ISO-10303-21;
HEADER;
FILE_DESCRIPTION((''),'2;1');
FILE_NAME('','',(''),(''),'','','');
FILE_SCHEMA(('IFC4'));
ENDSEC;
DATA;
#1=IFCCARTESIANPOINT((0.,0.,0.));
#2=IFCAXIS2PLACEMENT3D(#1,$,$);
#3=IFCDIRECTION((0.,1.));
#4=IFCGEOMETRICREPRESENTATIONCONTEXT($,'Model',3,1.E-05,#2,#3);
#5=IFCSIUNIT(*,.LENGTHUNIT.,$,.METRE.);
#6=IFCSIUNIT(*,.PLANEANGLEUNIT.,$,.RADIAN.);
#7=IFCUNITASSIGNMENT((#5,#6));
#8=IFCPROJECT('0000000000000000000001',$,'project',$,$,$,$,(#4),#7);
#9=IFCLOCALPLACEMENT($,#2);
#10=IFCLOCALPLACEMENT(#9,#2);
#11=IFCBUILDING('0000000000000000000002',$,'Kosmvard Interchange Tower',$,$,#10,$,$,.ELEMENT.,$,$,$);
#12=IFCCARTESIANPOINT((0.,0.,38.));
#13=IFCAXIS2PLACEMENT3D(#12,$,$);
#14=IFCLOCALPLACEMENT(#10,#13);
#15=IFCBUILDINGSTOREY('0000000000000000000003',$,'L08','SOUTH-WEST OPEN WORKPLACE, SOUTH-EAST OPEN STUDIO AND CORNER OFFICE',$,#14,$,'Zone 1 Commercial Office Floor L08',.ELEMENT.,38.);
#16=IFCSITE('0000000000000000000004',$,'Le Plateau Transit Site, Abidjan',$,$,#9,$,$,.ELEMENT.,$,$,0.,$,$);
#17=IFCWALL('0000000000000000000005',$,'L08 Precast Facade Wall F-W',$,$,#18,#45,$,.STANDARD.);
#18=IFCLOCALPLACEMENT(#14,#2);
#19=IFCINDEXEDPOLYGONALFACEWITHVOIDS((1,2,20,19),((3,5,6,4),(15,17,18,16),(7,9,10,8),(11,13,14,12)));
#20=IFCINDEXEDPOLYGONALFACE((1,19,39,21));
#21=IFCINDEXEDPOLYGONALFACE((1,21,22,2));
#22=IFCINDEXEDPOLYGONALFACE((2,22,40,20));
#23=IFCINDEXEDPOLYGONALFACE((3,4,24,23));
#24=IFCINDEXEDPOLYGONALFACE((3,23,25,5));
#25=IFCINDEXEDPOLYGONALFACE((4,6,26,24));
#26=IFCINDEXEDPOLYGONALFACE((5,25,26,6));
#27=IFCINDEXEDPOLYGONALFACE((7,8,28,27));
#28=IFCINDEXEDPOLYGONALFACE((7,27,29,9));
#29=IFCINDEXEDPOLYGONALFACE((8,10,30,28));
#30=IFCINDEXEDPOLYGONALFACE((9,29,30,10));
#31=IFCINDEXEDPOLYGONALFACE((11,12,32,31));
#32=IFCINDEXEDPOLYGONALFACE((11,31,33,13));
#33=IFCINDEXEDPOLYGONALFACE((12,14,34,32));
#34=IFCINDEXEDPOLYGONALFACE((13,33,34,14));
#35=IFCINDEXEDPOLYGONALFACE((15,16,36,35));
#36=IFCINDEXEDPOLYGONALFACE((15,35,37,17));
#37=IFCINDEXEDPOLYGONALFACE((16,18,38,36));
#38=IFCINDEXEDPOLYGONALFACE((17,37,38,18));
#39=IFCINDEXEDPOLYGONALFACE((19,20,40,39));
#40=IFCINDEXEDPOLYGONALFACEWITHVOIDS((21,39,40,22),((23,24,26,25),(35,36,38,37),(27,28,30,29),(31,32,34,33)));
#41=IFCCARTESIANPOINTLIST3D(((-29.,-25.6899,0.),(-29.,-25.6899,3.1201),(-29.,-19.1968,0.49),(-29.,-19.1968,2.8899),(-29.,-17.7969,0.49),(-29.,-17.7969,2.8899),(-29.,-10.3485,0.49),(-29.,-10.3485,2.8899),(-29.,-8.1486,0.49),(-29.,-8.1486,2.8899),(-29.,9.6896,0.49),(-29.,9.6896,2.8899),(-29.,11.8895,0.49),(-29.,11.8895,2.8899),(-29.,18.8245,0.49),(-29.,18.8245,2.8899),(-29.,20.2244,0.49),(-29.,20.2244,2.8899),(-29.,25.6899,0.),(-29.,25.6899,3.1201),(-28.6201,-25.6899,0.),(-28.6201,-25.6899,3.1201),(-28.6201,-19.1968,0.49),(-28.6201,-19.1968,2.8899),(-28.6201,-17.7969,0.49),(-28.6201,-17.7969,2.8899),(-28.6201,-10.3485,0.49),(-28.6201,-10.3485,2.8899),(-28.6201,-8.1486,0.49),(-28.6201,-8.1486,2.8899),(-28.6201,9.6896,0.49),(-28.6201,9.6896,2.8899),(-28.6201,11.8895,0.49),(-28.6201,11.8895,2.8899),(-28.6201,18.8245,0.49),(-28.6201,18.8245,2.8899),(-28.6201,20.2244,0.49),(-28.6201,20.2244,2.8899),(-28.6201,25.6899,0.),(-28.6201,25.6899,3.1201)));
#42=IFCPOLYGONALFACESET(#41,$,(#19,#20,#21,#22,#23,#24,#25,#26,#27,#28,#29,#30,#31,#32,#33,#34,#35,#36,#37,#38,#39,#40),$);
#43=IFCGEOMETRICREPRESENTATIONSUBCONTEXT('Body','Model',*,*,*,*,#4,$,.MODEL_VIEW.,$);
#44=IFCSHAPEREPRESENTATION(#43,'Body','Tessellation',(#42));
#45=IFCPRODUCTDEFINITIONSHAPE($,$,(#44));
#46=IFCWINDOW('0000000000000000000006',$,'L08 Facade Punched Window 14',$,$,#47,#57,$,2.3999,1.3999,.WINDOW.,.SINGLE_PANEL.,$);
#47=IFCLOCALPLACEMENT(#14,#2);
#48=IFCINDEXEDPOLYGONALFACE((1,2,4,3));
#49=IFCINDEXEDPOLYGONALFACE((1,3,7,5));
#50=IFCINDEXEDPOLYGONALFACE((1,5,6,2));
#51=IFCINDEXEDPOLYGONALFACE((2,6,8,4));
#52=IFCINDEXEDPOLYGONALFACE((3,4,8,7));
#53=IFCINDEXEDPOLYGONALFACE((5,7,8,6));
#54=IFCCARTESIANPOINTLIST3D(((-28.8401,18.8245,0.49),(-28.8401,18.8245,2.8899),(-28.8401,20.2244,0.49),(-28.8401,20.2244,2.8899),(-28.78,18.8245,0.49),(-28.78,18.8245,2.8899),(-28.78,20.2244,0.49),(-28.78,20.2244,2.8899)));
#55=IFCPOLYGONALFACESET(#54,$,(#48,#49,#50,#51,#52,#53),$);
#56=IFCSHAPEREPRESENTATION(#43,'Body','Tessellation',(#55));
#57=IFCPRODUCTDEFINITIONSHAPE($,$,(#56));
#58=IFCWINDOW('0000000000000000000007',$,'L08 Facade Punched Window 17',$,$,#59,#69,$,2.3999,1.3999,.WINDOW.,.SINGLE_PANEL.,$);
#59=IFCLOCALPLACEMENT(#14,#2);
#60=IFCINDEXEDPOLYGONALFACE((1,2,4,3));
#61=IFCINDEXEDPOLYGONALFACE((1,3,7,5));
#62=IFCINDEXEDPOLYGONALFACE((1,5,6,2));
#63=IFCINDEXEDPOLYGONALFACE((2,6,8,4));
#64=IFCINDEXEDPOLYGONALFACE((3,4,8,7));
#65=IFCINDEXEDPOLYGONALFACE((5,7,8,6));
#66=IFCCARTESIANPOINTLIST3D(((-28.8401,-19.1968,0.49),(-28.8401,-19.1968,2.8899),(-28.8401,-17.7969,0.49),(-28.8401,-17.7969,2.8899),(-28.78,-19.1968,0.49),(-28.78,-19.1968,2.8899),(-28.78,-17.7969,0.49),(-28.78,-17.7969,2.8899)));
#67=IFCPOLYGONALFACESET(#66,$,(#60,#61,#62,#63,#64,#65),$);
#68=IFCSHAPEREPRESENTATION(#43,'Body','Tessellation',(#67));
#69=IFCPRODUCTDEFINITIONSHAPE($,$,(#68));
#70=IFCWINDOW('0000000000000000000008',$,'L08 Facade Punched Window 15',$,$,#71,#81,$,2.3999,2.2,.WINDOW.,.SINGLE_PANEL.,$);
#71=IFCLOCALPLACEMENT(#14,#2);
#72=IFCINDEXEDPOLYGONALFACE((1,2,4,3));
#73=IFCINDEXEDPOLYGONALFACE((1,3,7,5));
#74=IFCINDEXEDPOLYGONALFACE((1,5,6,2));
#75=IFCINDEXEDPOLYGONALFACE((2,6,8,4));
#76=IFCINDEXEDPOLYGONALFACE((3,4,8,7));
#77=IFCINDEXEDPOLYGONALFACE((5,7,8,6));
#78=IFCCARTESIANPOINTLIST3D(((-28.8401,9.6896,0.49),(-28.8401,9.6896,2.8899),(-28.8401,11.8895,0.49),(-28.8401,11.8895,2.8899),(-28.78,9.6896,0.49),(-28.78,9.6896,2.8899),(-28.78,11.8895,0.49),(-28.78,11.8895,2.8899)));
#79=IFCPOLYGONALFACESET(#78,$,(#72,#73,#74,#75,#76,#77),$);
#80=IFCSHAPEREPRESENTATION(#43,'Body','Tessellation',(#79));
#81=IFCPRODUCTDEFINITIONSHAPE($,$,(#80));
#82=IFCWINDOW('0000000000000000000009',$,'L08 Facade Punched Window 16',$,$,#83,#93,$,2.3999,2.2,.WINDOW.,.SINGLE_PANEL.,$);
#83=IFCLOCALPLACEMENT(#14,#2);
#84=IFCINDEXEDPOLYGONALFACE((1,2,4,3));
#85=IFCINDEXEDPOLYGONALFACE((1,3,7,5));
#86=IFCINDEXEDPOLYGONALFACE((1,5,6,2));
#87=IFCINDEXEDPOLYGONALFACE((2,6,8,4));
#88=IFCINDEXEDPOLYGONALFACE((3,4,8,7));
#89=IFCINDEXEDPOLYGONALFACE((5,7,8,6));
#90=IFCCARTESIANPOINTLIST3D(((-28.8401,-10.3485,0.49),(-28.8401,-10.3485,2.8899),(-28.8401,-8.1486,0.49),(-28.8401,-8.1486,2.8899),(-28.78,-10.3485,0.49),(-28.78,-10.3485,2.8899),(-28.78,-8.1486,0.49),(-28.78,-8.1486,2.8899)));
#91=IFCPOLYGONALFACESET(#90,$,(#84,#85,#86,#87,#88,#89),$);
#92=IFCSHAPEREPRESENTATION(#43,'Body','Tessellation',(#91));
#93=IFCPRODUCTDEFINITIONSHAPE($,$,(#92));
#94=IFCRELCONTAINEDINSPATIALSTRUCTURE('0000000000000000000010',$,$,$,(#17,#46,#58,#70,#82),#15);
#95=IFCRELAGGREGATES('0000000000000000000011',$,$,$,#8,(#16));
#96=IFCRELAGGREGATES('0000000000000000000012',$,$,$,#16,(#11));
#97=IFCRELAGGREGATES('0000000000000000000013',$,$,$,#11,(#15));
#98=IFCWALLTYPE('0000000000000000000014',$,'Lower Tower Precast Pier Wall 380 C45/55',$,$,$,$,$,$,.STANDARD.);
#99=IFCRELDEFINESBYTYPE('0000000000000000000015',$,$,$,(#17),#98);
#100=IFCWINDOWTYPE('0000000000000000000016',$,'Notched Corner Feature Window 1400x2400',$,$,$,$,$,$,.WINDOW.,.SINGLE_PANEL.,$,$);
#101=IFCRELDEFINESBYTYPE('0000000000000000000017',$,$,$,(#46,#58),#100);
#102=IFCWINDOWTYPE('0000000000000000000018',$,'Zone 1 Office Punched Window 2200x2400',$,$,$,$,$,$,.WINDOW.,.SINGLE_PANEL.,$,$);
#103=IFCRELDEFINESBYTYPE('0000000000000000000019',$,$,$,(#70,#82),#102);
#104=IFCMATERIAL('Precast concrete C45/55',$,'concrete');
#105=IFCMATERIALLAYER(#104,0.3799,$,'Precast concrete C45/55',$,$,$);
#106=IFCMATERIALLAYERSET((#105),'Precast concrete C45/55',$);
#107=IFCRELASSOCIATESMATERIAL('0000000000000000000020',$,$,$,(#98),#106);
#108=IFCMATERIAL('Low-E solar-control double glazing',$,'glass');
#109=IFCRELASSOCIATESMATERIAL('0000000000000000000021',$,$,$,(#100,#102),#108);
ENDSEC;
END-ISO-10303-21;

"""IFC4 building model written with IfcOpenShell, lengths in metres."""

from ifc_helpers import new_model, si_unit, direction, frame, frame_2d, origin, place, context, subcontext, project, spatial, rectangle, extrude, source, transform, mapped, material, layer, layer_set, type_object, element, fill, save


model = new_model("IFC4")

# Units and contexts
model_context = context("Model", 3, precision=1e-05, world=origin(), true_north=direction((0.0, 1.0)))
body_context = subcontext(model_context, "Body", "Model", "MODEL_VIEW")
ifc_project = project(units=[si_unit("LENGTHUNIT", "METRE"), si_unit("PLANEANGLEUNIT", "RADIAN")], contexts=[model_context])

# Site, building, storey
site_placement = place(None, origin())
site = spatial("IfcSite", under=ifc_project, at=site_placement, Name="Le Plateau Transit Site, Abidjan", CompositionType="ELEMENT", RefElevation=0.0)
building_placement = place(site_placement, origin())
building = spatial("IfcBuilding", under=site, at=building_placement, Name="Kosmvard Interchange Tower", CompositionType="ELEMENT")
storey_placement = place(building_placement, frame((0.0, 0.0, 38.0)))
storey = spatial("IfcBuildingStorey", under=building, at=storey_placement, Name="L08", Description="SOUTH-WEST OPEN WORKPLACE, SOUTH-EAST OPEN STUDIO AND CORNER OFFICE", LongName="Zone 1 Commercial Office Floor L08", CompositionType="ELEMENT", Elevation=38.0)

# Shared definitions
ifc_material_1 = material(Name="Precast concrete C45/55", Category="concrete")

# Shared definitions
ifc_layer_1 = layer(ifc_material_1, 0.3799, Name="Precast concrete C45/55")
ifc_layer_set_1 = layer_set([ifc_layer_1], Name="Precast concrete C45/55")
wall_type_1 = type_object("IfcWallType", Name="Lower Tower Precast Pier Wall 380 C45/55", PredefinedType="STANDARD", material=ifc_layer_set_1)

# Wall, openings, windows
wall_1_placement = place(storey_placement, frame((-28.8101, 25.6899, 0.0), z_axis=(0.0, 0.0, 1.0), x_axis=(0.0, -1.0, 0.0)))
wall_1 = element("IfcWall", 1, at=wall_1_placement, inside=storey, type_object=wall_type_1, Name="L08 Precast Facade Wall F-W", PredefinedType="STANDARD", context=body_context, shape_type="SweptSolid", body=[
    extrude(rectangle(XDim=51.3799, YDim=0.3799, at=frame_2d((25.6899, 0.0))), origin(), (0.0, 0.0, 1.0), 3.1201),
])
opening_1_placement = place(wall_1_placement, frame((5.4656, 0.0, 0.49)))
opening_1 = element("IfcOpeningElement", 2, at=opening_1_placement, cuts=wall_1, PredefinedType="OPENING", context=body_context, shape_type="SweptSolid", body=[
    extrude(rectangle(XDim=1.3999, YDim=2.3999, at=frame_2d((0.7, 1.2))), frame((0.0, 0.2, 0.0), z_axis=(0.0, -1.0, 0.0), x_axis=(1.0, 0.0, 0.0)), (0.0, 0.0, 1.0), 0.3999),
])
opening_2_placement = place(wall_1_placement, frame((13.8003, 0.0, 0.49)))
opening_2 = element("IfcOpeningElement", 3, at=opening_2_placement, cuts=wall_1, PredefinedType="OPENING", context=body_context, shape_type="SweptSolid", body=[
    extrude(rectangle(XDim=2.2, YDim=2.3999, at=frame_2d((1.1001, 1.2))), frame((0.0, 0.2, 0.0), z_axis=(0.0, -1.0, 0.0), x_axis=(1.0, 0.0, 0.0)), (0.0, 0.0, 1.0), 0.3999),
])
opening_3_placement = place(wall_1_placement, frame((33.8384, 0.0, 0.49)))
opening_3 = element("IfcOpeningElement", 4, at=opening_3_placement, cuts=wall_1, PredefinedType="OPENING", context=body_context, shape_type="SweptSolid", body=[
    extrude(rectangle(XDim=2.2, YDim=2.3999, at=frame_2d((1.1001, 1.2))), frame((0.0, 0.2, 0.0), z_axis=(0.0, -1.0, 0.0), x_axis=(1.0, 0.0, 0.0)), (0.0, 0.0, 1.0), 0.3999),
])
opening_4_placement = place(wall_1_placement, frame((43.4868, 0.0, 0.49)))
opening_4 = element("IfcOpeningElement", 5, at=opening_4_placement, cuts=wall_1, PredefinedType="OPENING", context=body_context, shape_type="SweptSolid", body=[
    extrude(rectangle(XDim=1.3999, YDim=2.3999, at=frame_2d((0.7, 1.2))), frame((0.0, 0.2, 0.0), z_axis=(0.0, -1.0, 0.0), x_axis=(1.0, 0.0, 0.0)), (0.0, 0.0, 1.0), 0.3999),
])
ifc_material_2 = material(Name="Low-E solar-control double glazing", Category="glass")
window_type_1 = type_object("IfcWindowType", Name="Notched Corner Feature Window 1400x2400", PartitioningType="SINGLE_PANEL", PredefinedType="WINDOW", material=ifc_material_2)
shared_shape_1 = source(origin(), body_context, "Body", "SweptSolid", [
    extrude(rectangle(XDim=1.3999, YDim=2.3999, at=frame_2d((0.7, 1.2))), frame((0.0, 0.03, 0.0), z_axis=(0.0, -1.0, 0.0), x_axis=(1.0, 0.0, 0.0)), (0.0, 0.0, 1.0), 0.0601),
])
window_1_placement = place(opening_1_placement, origin())
window_1 = element("IfcWindow", 6, at=window_1_placement, inside=storey, type_object=window_type_1, Name="L08 Facade Punched Window 14", OverallHeight=2.3999, OverallWidth=1.3999, PartitioningType="SINGLE_PANEL", PredefinedType="WINDOW", context=body_context, shape_type="MappedRepresentation", body=[
    mapped(shared_shape_1, transform((0.0, 0.0, 0.0), scale=1.0)),
])
fill(opening_1, window_1)
window_2_placement = place(opening_4_placement, origin())
window_2 = element("IfcWindow", 7, at=window_2_placement, inside=storey, type_object=window_type_1, Name="L08 Facade Punched Window 17", OverallHeight=2.3999, OverallWidth=1.3999, PartitioningType="SINGLE_PANEL", PredefinedType="WINDOW", context=body_context, shape_type="MappedRepresentation", body=[
    mapped(shared_shape_1, transform((0.0, 0.0, 0.0), scale=1.0)),
])
fill(opening_4, window_2)
window_type_2 = type_object("IfcWindowType", Name="Zone 1 Office Punched Window 2200x2400", PartitioningType="SINGLE_PANEL", PredefinedType="WINDOW", material=ifc_material_2)
shared_shape_2 = source(origin(), body_context, "Body", "SweptSolid", [
    extrude(rectangle(XDim=2.2, YDim=2.3999, at=frame_2d((1.1001, 1.2))), frame((0.0, 0.03, 0.0), z_axis=(0.0, -1.0, 0.0), x_axis=(1.0, 0.0, 0.0)), (0.0, 0.0, 1.0), 0.0601),
])
window_3_placement = place(opening_2_placement, origin())
window_3 = element("IfcWindow", 8, at=window_3_placement, inside=storey, type_object=window_type_2, Name="L08 Facade Punched Window 15", OverallHeight=2.3999, OverallWidth=2.2, PartitioningType="SINGLE_PANEL", PredefinedType="WINDOW", context=body_context, shape_type="MappedRepresentation", body=[
    mapped(shared_shape_2, transform((0.0, 0.0, 0.0), scale=1.0)),
])
fill(opening_2, window_3)
window_4_placement = place(opening_3_placement, origin())
window_4 = element("IfcWindow", 9, at=window_4_placement, inside=storey, type_object=window_type_2, Name="L08 Facade Punched Window 16", OverallHeight=2.3999, OverallWidth=2.2, PartitioningType="SINGLE_PANEL", PredefinedType="WINDOW", context=body_context, shape_type="MappedRepresentation", body=[
    mapped(shared_shape_2, transform((0.0, 0.0, 0.0), scale=1.0)),
])
fill(opening_3, window_4)

save(model, "model.ifc")
